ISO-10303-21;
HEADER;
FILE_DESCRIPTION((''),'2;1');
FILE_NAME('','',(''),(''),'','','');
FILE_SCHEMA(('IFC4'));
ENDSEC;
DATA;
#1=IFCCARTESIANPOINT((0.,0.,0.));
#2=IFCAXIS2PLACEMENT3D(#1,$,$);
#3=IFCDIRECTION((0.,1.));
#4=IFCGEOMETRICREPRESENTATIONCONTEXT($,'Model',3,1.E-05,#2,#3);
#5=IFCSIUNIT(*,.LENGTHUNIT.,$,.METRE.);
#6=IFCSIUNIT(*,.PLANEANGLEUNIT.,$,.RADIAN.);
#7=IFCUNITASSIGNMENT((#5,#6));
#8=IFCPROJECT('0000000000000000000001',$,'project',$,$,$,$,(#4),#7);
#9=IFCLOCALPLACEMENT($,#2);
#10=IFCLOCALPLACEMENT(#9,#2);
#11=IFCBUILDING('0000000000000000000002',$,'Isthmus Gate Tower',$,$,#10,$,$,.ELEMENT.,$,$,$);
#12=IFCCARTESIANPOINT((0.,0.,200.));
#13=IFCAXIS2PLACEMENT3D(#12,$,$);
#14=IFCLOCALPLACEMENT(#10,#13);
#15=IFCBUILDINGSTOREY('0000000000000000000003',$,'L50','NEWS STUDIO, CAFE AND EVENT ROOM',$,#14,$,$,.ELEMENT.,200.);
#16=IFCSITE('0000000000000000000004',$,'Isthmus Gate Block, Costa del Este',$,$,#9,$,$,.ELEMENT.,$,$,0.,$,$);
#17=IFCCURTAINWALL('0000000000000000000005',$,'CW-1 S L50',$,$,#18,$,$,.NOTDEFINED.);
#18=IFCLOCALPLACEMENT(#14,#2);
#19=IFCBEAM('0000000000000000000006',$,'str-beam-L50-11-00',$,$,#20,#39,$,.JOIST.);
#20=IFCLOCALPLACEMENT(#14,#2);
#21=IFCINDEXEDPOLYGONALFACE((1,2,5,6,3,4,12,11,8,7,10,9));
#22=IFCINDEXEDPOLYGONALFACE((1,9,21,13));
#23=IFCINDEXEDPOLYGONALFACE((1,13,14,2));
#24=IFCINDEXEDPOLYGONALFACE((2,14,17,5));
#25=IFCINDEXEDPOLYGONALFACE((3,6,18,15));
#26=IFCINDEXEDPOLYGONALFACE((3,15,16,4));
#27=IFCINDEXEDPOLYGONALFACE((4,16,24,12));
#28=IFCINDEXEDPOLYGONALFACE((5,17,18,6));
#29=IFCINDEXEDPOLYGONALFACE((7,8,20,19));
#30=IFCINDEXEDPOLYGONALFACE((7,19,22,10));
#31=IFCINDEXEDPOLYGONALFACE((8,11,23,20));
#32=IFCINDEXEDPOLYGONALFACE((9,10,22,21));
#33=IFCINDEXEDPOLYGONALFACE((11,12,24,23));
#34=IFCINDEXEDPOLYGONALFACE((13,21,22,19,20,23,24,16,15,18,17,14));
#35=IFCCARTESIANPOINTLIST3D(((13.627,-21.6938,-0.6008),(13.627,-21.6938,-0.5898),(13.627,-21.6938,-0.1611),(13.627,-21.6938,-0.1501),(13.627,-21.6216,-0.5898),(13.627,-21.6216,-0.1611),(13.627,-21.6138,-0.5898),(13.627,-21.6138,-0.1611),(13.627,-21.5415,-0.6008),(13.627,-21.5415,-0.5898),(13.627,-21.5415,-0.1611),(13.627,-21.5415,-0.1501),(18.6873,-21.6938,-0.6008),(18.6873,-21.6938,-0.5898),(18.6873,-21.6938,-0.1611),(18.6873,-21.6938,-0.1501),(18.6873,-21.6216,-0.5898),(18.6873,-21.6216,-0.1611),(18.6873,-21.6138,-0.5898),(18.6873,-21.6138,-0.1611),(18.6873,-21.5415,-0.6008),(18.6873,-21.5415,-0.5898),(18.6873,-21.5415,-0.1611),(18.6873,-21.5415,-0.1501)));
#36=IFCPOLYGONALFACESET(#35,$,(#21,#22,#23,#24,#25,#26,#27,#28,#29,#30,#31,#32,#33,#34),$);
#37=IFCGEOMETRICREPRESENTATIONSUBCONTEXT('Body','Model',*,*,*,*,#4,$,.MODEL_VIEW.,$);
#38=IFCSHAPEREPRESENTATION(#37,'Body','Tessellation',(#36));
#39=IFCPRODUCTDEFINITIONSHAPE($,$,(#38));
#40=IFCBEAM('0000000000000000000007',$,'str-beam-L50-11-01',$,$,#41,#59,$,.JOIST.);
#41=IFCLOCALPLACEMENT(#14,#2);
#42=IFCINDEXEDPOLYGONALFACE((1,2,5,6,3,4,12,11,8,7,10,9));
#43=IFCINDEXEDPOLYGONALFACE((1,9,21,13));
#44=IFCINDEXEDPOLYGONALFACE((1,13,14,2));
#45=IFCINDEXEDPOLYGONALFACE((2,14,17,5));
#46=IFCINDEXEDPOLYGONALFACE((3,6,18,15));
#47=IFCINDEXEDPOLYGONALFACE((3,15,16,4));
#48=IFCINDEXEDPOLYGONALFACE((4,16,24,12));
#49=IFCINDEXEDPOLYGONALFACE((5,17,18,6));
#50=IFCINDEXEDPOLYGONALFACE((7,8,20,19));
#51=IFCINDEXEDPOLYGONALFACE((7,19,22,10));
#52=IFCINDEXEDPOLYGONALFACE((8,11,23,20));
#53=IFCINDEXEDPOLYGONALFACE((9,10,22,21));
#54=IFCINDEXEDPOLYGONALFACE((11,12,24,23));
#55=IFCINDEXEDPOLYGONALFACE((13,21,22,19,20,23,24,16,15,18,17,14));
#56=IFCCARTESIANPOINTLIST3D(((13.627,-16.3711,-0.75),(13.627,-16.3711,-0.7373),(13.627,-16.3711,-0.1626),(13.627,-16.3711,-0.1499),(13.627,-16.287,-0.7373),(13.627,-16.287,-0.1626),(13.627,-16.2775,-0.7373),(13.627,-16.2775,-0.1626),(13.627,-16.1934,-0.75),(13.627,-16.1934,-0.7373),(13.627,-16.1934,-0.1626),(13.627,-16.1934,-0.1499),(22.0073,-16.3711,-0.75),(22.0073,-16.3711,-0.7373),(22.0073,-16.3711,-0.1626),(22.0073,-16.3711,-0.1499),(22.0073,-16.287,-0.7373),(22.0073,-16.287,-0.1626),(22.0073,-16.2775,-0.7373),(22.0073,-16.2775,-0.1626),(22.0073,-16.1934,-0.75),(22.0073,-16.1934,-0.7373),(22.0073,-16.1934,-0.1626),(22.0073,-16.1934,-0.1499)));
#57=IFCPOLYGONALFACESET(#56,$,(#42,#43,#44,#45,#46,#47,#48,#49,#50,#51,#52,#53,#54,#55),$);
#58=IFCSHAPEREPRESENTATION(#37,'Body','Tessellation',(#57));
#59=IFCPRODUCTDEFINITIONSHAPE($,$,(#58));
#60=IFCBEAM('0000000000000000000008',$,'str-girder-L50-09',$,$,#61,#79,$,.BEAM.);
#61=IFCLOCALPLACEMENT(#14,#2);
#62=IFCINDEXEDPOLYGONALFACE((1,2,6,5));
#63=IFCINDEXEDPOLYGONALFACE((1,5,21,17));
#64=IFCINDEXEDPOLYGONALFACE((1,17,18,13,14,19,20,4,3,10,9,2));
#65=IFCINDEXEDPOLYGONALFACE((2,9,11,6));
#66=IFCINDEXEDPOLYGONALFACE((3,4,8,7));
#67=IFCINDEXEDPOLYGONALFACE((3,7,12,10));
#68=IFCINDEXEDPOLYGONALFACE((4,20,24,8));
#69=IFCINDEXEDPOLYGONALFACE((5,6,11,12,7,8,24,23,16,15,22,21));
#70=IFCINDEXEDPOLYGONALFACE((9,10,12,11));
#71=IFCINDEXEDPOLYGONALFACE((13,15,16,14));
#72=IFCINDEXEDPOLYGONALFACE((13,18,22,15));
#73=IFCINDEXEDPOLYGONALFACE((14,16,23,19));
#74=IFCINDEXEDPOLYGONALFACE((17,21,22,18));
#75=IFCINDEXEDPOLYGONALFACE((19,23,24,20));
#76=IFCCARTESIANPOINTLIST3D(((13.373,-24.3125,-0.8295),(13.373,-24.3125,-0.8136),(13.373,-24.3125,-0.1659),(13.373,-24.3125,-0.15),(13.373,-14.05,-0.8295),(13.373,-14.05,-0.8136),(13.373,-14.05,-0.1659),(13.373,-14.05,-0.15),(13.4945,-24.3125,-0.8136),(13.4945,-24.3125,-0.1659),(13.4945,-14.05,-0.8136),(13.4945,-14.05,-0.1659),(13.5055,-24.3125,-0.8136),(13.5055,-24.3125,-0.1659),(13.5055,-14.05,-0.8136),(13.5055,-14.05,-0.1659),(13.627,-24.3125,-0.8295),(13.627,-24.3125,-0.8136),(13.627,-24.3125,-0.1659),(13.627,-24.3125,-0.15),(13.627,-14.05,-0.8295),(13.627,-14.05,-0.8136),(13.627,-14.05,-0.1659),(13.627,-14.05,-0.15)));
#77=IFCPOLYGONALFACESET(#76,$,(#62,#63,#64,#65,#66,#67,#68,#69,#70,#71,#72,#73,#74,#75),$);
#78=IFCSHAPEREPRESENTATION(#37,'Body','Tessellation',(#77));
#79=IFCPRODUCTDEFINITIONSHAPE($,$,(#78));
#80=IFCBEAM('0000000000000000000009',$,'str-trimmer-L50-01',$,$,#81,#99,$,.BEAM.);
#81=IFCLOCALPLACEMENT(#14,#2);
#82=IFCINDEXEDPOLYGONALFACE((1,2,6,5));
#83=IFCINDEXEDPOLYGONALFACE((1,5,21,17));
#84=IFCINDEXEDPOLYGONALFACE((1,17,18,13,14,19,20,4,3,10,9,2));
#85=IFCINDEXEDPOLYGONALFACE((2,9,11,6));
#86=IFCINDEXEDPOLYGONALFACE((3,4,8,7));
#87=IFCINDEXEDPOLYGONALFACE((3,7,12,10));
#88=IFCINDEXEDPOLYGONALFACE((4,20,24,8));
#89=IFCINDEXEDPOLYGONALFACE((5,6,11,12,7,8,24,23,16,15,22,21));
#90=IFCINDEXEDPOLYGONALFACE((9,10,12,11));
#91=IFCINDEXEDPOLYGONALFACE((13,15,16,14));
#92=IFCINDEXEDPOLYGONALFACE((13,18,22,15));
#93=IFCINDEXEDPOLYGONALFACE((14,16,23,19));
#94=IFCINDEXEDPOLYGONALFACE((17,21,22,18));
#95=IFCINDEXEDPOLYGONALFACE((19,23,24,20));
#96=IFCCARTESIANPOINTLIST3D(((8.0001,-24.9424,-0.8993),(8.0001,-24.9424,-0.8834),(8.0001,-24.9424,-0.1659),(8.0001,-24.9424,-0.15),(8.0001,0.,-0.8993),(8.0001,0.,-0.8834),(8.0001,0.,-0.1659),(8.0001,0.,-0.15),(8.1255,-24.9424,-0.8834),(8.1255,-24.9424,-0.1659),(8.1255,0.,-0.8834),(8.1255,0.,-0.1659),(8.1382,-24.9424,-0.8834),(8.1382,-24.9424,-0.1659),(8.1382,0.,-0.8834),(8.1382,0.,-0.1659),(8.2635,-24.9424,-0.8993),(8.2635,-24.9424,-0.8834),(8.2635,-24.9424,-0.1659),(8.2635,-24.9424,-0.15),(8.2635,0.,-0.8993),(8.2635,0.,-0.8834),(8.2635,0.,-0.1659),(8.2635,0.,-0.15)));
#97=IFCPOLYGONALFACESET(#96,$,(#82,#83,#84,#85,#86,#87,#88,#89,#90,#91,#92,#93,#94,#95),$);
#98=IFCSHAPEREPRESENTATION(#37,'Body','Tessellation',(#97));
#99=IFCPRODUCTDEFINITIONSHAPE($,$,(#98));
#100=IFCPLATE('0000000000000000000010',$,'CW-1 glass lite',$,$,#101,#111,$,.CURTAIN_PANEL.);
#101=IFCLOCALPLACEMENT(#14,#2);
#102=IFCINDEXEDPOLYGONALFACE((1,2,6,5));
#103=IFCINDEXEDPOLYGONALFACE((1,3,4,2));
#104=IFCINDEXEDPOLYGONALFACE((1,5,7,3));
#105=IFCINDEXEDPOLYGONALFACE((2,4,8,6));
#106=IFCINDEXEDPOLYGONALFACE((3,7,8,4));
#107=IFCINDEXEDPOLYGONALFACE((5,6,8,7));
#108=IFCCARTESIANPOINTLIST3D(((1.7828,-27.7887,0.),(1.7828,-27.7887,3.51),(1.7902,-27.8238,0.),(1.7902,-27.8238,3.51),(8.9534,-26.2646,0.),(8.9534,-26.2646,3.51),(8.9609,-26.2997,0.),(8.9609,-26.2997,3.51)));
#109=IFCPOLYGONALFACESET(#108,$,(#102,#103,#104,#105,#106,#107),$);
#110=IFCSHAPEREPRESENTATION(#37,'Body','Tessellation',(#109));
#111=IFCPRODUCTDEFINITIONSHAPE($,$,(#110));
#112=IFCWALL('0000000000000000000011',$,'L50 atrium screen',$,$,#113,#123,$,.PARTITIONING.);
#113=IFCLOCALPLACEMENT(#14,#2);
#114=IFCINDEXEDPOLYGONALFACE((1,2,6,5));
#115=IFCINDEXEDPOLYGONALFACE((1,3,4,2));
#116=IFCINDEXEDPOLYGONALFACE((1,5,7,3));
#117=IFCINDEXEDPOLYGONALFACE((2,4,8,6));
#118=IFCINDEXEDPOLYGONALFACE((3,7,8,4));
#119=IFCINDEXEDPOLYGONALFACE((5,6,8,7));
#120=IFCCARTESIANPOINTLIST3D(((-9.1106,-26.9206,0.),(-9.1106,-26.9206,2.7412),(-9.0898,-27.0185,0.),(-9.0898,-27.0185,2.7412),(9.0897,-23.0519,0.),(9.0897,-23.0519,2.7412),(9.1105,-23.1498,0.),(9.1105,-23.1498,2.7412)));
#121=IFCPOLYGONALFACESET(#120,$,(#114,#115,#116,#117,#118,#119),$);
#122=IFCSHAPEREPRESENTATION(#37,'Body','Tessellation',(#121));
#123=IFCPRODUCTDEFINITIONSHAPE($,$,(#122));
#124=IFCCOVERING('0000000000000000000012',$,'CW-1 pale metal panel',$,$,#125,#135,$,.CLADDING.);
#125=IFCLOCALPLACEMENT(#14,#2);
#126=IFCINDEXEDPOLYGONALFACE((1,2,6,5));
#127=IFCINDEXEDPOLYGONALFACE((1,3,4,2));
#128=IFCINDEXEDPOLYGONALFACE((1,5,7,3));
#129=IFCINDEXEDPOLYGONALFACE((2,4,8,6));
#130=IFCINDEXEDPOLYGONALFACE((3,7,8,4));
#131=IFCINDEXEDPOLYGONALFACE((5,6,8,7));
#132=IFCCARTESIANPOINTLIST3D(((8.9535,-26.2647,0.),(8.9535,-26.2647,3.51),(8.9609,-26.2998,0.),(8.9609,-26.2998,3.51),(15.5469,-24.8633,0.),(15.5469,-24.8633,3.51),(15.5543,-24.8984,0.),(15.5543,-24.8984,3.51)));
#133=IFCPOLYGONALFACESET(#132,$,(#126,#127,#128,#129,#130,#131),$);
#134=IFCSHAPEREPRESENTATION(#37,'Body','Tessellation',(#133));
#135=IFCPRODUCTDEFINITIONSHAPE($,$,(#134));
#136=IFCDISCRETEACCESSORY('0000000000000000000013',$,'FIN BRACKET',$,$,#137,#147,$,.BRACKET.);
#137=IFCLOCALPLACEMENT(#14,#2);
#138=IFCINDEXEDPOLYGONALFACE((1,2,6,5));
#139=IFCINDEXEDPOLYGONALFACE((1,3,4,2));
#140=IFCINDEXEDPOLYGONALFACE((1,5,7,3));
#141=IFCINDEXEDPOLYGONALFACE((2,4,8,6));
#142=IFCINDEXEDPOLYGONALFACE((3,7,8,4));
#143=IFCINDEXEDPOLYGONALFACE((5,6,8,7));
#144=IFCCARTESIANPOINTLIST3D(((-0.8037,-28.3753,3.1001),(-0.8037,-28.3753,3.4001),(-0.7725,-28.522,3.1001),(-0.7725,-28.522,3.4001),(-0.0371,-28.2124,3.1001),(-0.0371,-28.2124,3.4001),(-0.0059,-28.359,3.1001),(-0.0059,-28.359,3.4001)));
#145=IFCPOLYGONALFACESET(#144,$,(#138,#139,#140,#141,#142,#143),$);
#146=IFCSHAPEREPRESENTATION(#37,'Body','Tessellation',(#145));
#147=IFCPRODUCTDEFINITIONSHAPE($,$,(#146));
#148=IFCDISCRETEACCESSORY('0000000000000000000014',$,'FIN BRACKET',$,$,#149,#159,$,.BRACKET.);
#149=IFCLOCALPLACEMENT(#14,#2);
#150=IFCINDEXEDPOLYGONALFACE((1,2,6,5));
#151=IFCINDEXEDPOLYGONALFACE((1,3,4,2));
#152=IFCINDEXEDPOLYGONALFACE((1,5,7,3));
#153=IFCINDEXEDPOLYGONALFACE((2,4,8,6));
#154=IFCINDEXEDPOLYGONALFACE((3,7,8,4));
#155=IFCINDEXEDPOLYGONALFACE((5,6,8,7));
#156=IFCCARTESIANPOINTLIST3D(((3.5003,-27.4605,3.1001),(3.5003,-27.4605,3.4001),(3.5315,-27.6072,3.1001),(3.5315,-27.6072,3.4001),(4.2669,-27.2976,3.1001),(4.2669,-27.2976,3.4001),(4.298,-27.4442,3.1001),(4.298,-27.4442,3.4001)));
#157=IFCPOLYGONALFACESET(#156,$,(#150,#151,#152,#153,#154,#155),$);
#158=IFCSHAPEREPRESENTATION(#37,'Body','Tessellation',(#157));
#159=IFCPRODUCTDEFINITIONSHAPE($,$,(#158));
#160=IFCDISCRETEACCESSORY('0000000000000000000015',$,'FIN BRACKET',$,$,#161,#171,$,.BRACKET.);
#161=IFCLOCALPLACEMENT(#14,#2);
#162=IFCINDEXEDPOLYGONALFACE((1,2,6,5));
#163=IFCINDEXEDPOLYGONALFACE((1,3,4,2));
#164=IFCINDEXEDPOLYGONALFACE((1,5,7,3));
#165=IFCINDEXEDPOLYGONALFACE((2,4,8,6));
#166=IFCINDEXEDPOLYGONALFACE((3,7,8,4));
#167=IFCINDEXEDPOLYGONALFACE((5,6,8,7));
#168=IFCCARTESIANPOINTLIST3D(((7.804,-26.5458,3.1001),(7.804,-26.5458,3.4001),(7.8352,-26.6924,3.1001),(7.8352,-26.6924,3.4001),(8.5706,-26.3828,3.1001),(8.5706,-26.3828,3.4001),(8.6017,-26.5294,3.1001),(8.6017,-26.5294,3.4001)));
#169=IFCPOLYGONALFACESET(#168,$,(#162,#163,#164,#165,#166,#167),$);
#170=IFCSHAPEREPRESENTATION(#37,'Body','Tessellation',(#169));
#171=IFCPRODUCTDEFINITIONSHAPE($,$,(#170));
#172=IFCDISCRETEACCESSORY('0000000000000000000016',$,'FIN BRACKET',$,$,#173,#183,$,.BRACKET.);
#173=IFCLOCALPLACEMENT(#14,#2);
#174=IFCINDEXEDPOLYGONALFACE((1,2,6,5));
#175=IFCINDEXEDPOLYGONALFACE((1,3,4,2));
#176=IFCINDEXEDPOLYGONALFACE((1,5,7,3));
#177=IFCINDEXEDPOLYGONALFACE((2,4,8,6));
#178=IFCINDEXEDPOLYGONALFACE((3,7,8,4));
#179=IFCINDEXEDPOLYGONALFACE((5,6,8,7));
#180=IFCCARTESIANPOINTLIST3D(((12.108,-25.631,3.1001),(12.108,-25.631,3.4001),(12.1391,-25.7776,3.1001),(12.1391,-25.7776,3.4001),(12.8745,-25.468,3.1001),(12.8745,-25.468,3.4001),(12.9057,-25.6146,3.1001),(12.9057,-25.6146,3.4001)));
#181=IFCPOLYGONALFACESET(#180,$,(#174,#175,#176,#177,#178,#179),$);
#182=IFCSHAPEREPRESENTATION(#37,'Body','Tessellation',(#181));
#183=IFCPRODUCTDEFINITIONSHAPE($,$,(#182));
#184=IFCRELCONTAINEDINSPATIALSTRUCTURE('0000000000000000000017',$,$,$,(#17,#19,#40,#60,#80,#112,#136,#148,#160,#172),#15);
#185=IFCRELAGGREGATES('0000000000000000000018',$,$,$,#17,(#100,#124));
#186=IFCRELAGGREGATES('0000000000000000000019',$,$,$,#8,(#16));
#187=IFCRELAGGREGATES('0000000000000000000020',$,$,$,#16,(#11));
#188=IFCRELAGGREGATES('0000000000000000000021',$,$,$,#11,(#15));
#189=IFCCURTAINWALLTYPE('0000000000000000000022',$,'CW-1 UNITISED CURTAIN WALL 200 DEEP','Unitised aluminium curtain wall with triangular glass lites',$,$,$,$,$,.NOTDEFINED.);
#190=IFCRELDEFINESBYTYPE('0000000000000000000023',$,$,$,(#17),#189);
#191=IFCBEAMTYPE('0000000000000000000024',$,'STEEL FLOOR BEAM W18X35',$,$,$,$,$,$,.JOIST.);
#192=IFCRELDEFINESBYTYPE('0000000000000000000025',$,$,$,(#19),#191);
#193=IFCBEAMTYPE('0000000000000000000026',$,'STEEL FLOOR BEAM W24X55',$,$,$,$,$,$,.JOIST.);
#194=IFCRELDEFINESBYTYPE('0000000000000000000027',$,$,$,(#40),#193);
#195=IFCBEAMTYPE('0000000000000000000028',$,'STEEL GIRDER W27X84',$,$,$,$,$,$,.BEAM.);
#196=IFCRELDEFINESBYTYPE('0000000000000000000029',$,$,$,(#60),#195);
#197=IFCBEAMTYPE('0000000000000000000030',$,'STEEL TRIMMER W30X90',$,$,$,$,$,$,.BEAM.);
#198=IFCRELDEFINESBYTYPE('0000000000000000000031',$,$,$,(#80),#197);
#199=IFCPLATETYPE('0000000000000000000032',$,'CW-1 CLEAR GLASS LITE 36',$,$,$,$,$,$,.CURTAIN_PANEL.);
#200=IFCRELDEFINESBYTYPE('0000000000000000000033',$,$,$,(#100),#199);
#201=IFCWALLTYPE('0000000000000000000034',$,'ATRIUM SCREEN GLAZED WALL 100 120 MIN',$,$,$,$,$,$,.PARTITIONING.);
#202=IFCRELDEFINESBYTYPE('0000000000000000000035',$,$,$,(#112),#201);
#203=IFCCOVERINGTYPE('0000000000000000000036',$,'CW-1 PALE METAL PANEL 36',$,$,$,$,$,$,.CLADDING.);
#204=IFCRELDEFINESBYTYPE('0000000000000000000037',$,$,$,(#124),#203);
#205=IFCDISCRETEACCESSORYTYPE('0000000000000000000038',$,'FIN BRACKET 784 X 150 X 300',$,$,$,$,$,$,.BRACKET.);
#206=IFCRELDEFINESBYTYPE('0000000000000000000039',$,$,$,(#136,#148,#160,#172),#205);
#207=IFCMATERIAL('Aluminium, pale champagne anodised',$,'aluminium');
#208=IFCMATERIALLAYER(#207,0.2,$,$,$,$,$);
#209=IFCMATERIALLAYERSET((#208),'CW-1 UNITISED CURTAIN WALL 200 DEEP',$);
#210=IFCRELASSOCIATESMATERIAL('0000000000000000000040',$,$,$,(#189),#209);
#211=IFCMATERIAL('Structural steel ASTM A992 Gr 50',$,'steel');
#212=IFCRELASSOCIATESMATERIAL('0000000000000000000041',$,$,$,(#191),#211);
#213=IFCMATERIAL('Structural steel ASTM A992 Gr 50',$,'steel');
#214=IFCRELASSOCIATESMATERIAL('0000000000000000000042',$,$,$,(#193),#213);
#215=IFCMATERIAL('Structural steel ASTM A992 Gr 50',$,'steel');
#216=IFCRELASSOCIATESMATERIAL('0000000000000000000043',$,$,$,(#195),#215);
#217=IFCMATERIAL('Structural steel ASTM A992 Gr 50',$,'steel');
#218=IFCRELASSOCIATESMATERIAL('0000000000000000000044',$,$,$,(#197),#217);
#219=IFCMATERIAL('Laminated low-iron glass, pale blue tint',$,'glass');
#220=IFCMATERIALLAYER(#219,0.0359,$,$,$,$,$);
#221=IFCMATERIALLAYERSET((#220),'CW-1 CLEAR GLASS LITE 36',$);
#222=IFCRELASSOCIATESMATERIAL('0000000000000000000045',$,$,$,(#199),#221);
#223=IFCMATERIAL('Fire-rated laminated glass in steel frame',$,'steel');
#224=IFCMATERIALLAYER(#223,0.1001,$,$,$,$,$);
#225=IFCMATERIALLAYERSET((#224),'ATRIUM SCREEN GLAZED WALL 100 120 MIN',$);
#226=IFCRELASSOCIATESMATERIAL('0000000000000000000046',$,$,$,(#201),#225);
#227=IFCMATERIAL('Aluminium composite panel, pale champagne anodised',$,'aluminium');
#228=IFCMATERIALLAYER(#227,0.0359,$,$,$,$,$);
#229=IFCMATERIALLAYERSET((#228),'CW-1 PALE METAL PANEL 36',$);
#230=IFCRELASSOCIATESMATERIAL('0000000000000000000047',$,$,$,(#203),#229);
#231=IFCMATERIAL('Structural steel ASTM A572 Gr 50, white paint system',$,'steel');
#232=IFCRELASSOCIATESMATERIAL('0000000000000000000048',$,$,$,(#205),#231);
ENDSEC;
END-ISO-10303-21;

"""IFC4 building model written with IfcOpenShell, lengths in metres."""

from ifc_helpers import new_model, si_unit, direction, frame, frame_2d, origin, origin_2d, place, context, subcontext, project, spatial, rectangle, i_section, extrude, material, layer, layer_set, material_profile, profile_set, type_object, element, aggregate, save


model = new_model("IFC4")

# Units and contexts
model_context = context("Model", 3, precision=1e-05, world=origin(), true_north=direction((0.0, 1.0)))
body_context = subcontext(model_context, "Body", "Model", "MODEL_VIEW")
ifc_project = project(units=[si_unit("LENGTHUNIT", "METRE"), si_unit("PLANEANGLEUNIT", "RADIAN")], contexts=[model_context])

# Site, building, storey
site_placement = place(None, origin())
site = spatial("IfcSite", under=ifc_project, at=site_placement, Name="Isthmus Gate Block, Costa del Este", CompositionType="ELEMENT", RefElevation=0.0)
building_placement = place(site_placement, origin())
building = spatial("IfcBuilding", under=site, at=building_placement, Name="Isthmus Gate Tower", CompositionType="ELEMENT")
storey_placement = place(building_placement, frame((0.0, 0.0, 200.0)))
storey = spatial("IfcBuildingStorey", under=building, at=storey_placement, Name="L50", Description="NEWS STUDIO, CAFE AND EVENT ROOM", CompositionType="ELEMENT", Elevation=200.0)

# Curtain wall
ifc_material_1 = material(Name="Aluminium, pale champagne anodised", Category="aluminium")
ifc_layer_1 = layer(ifc_material_1, 0.2)
ifc_layer_set_1 = layer_set([ifc_layer_1], Name="CW-1 UNITISED CURTAIN WALL 200 DEEP")
curtain_wall_type = type_object("IfcCurtainWallType", Name="CW-1 UNITISED CURTAIN WALL 200 DEEP", Description="Unitised aluminium curtain wall with triangular glass lites", PredefinedType="NOTDEFINED", material=ifc_layer_set_1)
curtain_wall_placement = place(storey_placement, origin())
curtain_wall = element("IfcCurtainWall", 1, at=curtain_wall_placement, inside=storey, type_object=curtain_wall_type, Name="CW-1 S L50", PredefinedType="NOTDEFINED")

# Beams
ifc_material_2 = material(Name="Structural steel ASTM A992 Gr 50", Category="steel")
ifc_material_profile_1 = material_profile(ifc_material_2, i_section(OverallWidth=0.1523, OverallDepth=0.4507, WebThickness=0.0078, FlangeThickness=0.011, at=origin_2d()), Name="W18X35")
ifc_profile_set_1 = profile_set([ifc_material_profile_1], Name="Structural steel ASTM A992 Gr 50")
beam_type_1 = type_object("IfcBeamType", Name="STEEL FLOOR BEAM W18X35", PredefinedType="JOIST", material=ifc_profile_set_1)
beam_1_placement = place(storey_placement, frame((13.627, -21.6177, -0.3755), z_axis=(1.0, 0.0, 0.0), x_axis=(0.0, 1.0, 0.0)))
element("IfcBeam", 2, at=beam_1_placement, inside=storey, type_object=beam_type_1, Name="str-beam-L50-11-00", PredefinedType="JOIST", context=body_context, shape_type="SweptSolid", body=[
    extrude(i_section(OverallWidth=0.1523, OverallDepth=0.4507, WebThickness=0.0078, FlangeThickness=0.011, at=origin_2d()), origin(), (0.0, 0.0, 1.0), 5.0603),
])
ifc_material_3 = material(Name="Structural steel ASTM A992 Gr 50", Category="steel")
ifc_material_profile_2 = material_profile(ifc_material_3, i_section(OverallWidth=0.1777, OverallDepth=0.6001, WebThickness=0.0095, FlangeThickness=0.0127, at=origin_2d()), Name="W24X55")
ifc_profile_set_2 = profile_set([ifc_material_profile_2], Name="Structural steel ASTM A992 Gr 50")
beam_type_2 = type_object("IfcBeamType", Name="STEEL FLOOR BEAM W24X55", PredefinedType="JOIST", material=ifc_profile_set_2)
beam_2_placement = place(storey_placement, frame((13.627, -16.2822, -0.45), z_axis=(1.0, 0.0, 0.0), x_axis=(0.0, 1.0, 0.0)))
element("IfcBeam", 3, at=beam_2_placement, inside=storey, type_object=beam_type_2, Name="str-beam-L50-11-01", PredefinedType="JOIST", context=body_context, shape_type="SweptSolid", body=[
    extrude(i_section(OverallWidth=0.1777, OverallDepth=0.6001, WebThickness=0.0095, FlangeThickness=0.0127, at=origin_2d()), origin(), (0.0, 0.0, 1.0), 8.3804),
])
ifc_material_4 = material(Name="Structural steel ASTM A992 Gr 50", Category="steel")
ifc_material_profile_3 = material_profile(ifc_material_4, i_section(OverallWidth=0.2539, OverallDepth=0.6794, WebThickness=0.011, FlangeThickness=0.0159, at=origin_2d()), Name="W27X84")
ifc_profile_set_3 = profile_set([ifc_material_profile_3], Name="Structural steel ASTM A992 Gr 50")
beam_type_3 = type_object("IfcBeamType", Name="STEEL GIRDER W27X84", PredefinedType="BEAM", material=ifc_profile_set_3)
beam_3_placement = place(storey_placement, frame((13.5, -24.3125, -0.4897), z_axis=(0.0, 1.0, 0.0), x_axis=(-1.0, 0.0, 0.0)))
element("IfcBeam", 4, at=beam_3_placement, inside=storey, type_object=beam_type_3, Name="str-girder-L50-09", PredefinedType="BEAM", context=body_context, shape_type="SweptSolid", body=[
    extrude(i_section(OverallWidth=0.2539, OverallDepth=0.6794, WebThickness=0.011, FlangeThickness=0.0159, at=origin_2d()), origin(), (0.0, 0.0, 1.0), 10.2625),
])
ifc_material_5 = material(Name="Structural steel ASTM A992 Gr 50", Category="steel")
ifc_material_profile_4 = material_profile(ifc_material_5, i_section(OverallWidth=0.2634, OverallDepth=0.7493, WebThickness=0.0127, FlangeThickness=0.0159, at=origin_2d()), Name="W30X90")
ifc_profile_set_4 = profile_set([ifc_material_profile_4], Name="Structural steel ASTM A992 Gr 50")
beam_type_4 = type_object("IfcBeamType", Name="STEEL TRIMMER W30X90", PredefinedType="BEAM", material=ifc_profile_set_4)
beam_4_placement = place(storey_placement, frame((8.1318, -24.9424, -0.5247), z_axis=(0.0, 1.0, 0.0), x_axis=(-1.0, 0.0, 0.0)))
element("IfcBeam", 5, at=beam_4_placement, inside=storey, type_object=beam_type_4, Name="str-trimmer-L50-01", PredefinedType="BEAM", context=body_context, shape_type="SweptSolid", body=[
    extrude(i_section(OverallWidth=0.2634, OverallDepth=0.7493, WebThickness=0.0127, FlangeThickness=0.0159, at=origin_2d()), origin(), (0.0, 0.0, 1.0), 24.9424),
])

# Plate
ifc_material_6 = material(Name="Laminated low-iron glass, pale blue tint", Category="glass")
ifc_layer_2 = layer(ifc_material_6, 0.0359)
ifc_layer_set_2 = layer_set([ifc_layer_2], Name="CW-1 CLEAR GLASS LITE 36")
plate_type = type_object("IfcPlateType", Name="CW-1 CLEAR GLASS LITE 36", PredefinedType="CURTAIN_PANEL", material=ifc_layer_set_2)
plate_placement = place(storey_placement, frame((5.3718, -27.0442, 0.0), z_axis=(0.0, 0.0, 1.0), x_axis=(0.978148, 0.207912, 0.0)))
plate = element("IfcPlate", 6, at=plate_placement, type_object=plate_type, Name="CW-1 glass lite", PredefinedType="CURTAIN_PANEL", context=body_context, shape_type="SweptSolid", body=[
    extrude(rectangle(XDim=7.3308, YDim=0.0359, at=origin_2d()), origin(), (0.0, 0.0, 1.0), 3.51),
])

# Wall
ifc_material_7 = material(Name="Fire-rated laminated glass in steel frame", Category="steel")
ifc_layer_3 = layer(ifc_material_7, 0.1001)
ifc_layer_set_3 = layer_set([ifc_layer_3], Name="ATRIUM SCREEN GLAZED WALL 100 120 MIN")
wall_type = type_object("IfcWallType", Name="ATRIUM SCREEN GLAZED WALL 100 120 MIN", PredefinedType="PARTITIONING", material=ifc_layer_set_3)
wall_placement = place(storey_placement, frame((9.1001, -23.1008, 0.0), z_axis=(0.0, 0.0, 1.0), x_axis=(-0.978147, -0.207916, 0.0)))
element("IfcWall", 7, at=wall_placement, inside=storey, type_object=wall_type, Name="L50 atrium screen", PredefinedType="PARTITIONING", context=body_context, shape_type="SweptSolid", body=[
    extrude(rectangle(XDim=18.6069, YDim=0.1001, at=frame_2d((9.3035, 0.0))), origin(), (0.0, 0.0, 1.0), 2.7412),
])

# Covering
ifc_material_8 = material(Name="Aluminium composite panel, pale champagne anodised", Category="aluminium")
ifc_layer_4 = layer(ifc_material_8, 0.0359)
ifc_layer_set_4 = layer_set([ifc_layer_4], Name="CW-1 PALE METAL PANEL 36")
covering_type = type_object("IfcCoveringType", Name="CW-1 PALE METAL PANEL 36", PredefinedType="CLADDING", material=ifc_layer_set_4)
covering_placement = place(storey_placement, frame((12.2539, -25.5815, 0.0), z_axis=(0.0, 0.0, 1.0), x_axis=(0.978148, 0.207912, 0.0)))
covering = element("IfcCovering", 8, at=covering_placement, type_object=covering_type, Name="CW-1 pale metal panel", PredefinedType="CLADDING", context=body_context, shape_type="SweptSolid", body=[
    extrude(rectangle(XDim=6.7407, YDim=0.0359, at=origin_2d()), origin(), (0.0, 0.0, 1.0), 3.51),
])
aggregate(curtain_wall, [plate, covering])

# Discrete accessories
ifc_material_9 = material(Name="Structural steel ASTM A572 Gr 50, white paint system", Category="steel")
discrete_accessory_type = type_object("IfcDiscreteAccessoryType", Name="FIN BRACKET 784 X 150 X 300", PredefinedType="BRACKET", material=ifc_material_9)
for number, where, z_axis, x_axis, name in (
    (9, (-0.4048, -28.3672, 3.1001), (0.0, 0.0, 1.0), (0.207912, -0.978148, 0.0), "FIN BRACKET"),
    (10, (3.8992, -27.4524, 3.1001), (0.0, 0.0, 1.0), (0.207912, -0.978148, 0.0), "FIN BRACKET"),
    (11, (8.2029, -26.5376, 3.1001), (0.0, 0.0, 1.0), (0.207912, -0.978148, 0.0), "FIN BRACKET"),
    (12, (12.5068, -25.6228, 3.1001), (0.0, 0.0, 1.0), (0.207912, -0.978148, 0.0), "FIN BRACKET"),
):
    element("IfcDiscreteAccessory", number, at=place(storey_placement, frame(where, z_axis=z_axis, x_axis=x_axis)), inside=storey, type_object=discrete_accessory_type, Name=name, PredefinedType="BRACKET", context=body_context, shape_type="SweptSolid", body=[
        extrude(rectangle(XDim=0.1499, YDim=0.7837, at=origin_2d()), origin(), (0.0, 0.0, 1.0), 0.3),
    ])

save(model, "model.ifc")
